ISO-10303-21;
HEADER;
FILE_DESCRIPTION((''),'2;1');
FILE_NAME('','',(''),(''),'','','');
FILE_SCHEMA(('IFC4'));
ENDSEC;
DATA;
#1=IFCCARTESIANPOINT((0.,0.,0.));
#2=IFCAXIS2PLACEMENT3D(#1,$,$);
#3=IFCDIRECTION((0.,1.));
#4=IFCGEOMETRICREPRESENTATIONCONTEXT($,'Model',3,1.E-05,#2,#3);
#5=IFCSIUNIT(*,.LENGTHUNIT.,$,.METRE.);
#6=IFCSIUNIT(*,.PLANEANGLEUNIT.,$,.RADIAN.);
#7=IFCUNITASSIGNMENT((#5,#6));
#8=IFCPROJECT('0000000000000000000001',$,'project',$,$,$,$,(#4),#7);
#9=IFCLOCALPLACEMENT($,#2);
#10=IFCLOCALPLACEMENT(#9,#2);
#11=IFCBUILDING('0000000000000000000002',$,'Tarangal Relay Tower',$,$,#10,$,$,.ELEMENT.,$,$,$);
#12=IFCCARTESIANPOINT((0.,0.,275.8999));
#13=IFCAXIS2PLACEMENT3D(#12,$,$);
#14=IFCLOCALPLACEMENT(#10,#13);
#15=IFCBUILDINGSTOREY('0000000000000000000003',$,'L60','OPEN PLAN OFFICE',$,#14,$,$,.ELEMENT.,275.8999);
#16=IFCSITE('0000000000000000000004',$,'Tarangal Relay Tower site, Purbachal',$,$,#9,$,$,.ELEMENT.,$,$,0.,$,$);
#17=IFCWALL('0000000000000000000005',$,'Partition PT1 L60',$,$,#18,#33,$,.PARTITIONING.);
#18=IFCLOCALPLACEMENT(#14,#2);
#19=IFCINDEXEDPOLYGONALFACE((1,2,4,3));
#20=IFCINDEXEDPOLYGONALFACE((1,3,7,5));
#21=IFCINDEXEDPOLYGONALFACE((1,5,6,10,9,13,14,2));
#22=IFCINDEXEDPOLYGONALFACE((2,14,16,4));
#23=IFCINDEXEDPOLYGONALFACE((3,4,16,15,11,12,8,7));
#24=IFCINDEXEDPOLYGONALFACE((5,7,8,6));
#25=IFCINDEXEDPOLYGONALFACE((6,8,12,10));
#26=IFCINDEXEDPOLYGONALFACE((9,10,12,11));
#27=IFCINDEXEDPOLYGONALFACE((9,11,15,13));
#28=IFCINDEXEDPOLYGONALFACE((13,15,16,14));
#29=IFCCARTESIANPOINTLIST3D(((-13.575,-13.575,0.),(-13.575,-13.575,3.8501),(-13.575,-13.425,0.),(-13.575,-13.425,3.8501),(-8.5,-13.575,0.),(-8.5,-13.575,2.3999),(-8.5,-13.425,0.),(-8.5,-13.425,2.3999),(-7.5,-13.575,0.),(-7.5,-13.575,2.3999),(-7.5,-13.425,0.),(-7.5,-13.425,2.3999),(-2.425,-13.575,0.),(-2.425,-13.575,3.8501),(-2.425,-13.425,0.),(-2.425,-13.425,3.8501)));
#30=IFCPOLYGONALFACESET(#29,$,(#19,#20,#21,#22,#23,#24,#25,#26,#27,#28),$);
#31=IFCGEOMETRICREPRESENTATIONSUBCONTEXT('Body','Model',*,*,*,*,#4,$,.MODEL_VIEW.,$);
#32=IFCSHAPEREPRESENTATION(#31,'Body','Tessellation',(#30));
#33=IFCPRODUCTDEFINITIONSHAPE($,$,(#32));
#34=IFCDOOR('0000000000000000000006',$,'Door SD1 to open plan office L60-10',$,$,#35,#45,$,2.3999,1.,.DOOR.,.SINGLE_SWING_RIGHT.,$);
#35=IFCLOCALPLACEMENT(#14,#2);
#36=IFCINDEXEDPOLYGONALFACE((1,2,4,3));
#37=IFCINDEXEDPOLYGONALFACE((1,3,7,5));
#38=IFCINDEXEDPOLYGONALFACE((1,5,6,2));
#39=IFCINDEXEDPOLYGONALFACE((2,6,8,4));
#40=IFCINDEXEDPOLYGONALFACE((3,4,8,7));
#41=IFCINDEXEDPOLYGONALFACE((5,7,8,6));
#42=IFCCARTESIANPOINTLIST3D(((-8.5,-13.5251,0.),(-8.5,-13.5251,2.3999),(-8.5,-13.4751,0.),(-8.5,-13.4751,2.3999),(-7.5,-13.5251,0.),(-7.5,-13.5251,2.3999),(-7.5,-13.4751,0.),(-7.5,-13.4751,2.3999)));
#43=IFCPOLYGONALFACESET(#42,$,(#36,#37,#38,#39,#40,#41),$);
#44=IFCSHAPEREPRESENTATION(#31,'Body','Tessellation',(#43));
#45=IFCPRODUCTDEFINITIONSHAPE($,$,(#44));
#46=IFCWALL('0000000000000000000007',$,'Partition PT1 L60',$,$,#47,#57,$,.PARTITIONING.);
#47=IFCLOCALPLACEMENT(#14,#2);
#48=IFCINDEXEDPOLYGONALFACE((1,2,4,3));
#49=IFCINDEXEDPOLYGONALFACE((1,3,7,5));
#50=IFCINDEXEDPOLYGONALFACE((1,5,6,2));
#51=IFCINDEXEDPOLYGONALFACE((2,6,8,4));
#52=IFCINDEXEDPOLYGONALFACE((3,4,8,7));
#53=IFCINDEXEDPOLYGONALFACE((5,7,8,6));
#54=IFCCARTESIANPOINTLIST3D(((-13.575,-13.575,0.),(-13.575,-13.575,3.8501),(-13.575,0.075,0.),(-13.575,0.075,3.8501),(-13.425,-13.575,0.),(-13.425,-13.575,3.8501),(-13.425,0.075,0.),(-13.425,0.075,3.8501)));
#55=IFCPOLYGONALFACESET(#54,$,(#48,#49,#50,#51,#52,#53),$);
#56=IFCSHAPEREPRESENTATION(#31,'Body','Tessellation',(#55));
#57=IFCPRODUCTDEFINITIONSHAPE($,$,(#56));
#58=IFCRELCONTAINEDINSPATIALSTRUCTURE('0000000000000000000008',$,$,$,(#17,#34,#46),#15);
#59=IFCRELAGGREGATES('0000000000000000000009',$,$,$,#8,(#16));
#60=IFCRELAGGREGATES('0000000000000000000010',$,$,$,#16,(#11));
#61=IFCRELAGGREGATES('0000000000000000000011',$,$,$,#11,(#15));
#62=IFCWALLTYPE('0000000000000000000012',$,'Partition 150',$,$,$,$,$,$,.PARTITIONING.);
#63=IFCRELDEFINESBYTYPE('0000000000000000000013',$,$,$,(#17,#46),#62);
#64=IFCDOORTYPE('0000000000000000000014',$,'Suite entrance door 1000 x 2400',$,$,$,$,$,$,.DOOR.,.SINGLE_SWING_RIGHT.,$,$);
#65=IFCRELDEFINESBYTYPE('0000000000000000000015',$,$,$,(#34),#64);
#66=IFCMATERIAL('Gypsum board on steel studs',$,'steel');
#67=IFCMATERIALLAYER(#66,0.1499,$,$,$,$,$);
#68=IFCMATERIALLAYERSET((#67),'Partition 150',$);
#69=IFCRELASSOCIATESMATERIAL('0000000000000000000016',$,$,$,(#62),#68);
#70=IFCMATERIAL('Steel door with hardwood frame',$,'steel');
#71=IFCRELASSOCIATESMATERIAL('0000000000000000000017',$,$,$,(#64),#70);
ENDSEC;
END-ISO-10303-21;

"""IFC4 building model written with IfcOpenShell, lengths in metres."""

from ifc_helpers import new_model, si_unit, direction, frame, frame_2d, origin, place, context, subcontext, project, spatial, rectangle, extrude, material, layer, layer_set, type_object, element, fill, save


model = new_model("IFC4")

# Units and contexts
model_context = context("Model", 3, precision=1e-05, world=origin(), true_north=direction((0.0, 1.0)))
body_context = subcontext(model_context, "Body", "Model", "MODEL_VIEW")
ifc_project = project(units=[si_unit("LENGTHUNIT", "METRE"), si_unit("PLANEANGLEUNIT", "RADIAN")], contexts=[model_context])

# Site, building, storey
site_placement = place(None, origin())
site = spatial("IfcSite", under=ifc_project, at=site_placement, Name="Tarangal Relay Tower site, Purbachal", CompositionType="ELEMENT", RefElevation=0.0)
building_placement = place(site_placement, origin())
building = spatial("IfcBuilding", under=site, at=building_placement, Name="Tarangal Relay Tower", CompositionType="ELEMENT")
storey_placement = place(building_placement, frame((0.0, 0.0, 275.8999)))
storey = spatial("IfcBuildingStorey", under=building, at=storey_placement, Name="L60", Description="OPEN PLAN OFFICE", CompositionType="ELEMENT", Elevation=275.8999)

# Wall, opening, door
ifc_material_1 = material(Name="Gypsum board on steel studs", Category="steel")
ifc_layer_1 = layer(ifc_material_1, 0.1499)
ifc_layer_set_1 = layer_set([ifc_layer_1], Name="Partition 150")
wall_type_1 = type_object("IfcWallType", Name="Partition 150", PredefinedType="PARTITIONING", material=ifc_layer_set_1)
wall_1_placement = place(storey_placement, frame((-13.575, -13.5, 0.0), z_axis=(0.0, 0.0, 1.0), x_axis=(1.0, 0.0, 0.0)))
wall_1 = element("IfcWall", 1, at=wall_1_placement, inside=storey, type_object=wall_type_1, Name="Partition PT1 L60", PredefinedType="PARTITIONING", context=body_context, shape_type="SweptSolid", body=[
    extrude(rectangle(XDim=11.1499, YDim=0.1499, at=frame_2d((5.575, 0.0))), origin(), (0.0, 0.0, 1.0), 3.8501),
])
opening_1_placement = place(wall_1_placement, frame((5.075, 0.0, 0.0)))
opening_1 = element("IfcOpeningElement", 2, at=opening_1_placement, cuts=wall_1, PredefinedType="OPENING", context=body_context, shape_type="SweptSolid", body=[
    extrude(rectangle(XDim=1.0, YDim=2.3999, at=frame_2d((0.5, 1.2))), frame((0.0, 0.085, 0.0), z_axis=(0.0, -1.0, 0.0), x_axis=(1.0, 0.0, 0.0)), (0.0, 0.0, 1.0), 0.1699),
])
ifc_material_2 = material(Name="Steel door with hardwood frame", Category="steel")
door_type_1 = type_object("IfcDoorType", Name="Suite entrance door 1000 x 2400", OperationType="SINGLE_SWING_RIGHT", PredefinedType="DOOR", material=ifc_material_2)
door_1_placement = place(opening_1_placement, origin())
door_1 = element("IfcDoor", 3, at=door_1_placement, inside=storey, type_object=door_type_1, Name="Door SD1 to open plan office L60-10", OperationType="SINGLE_SWING_RIGHT", OverallHeight=2.3999, OverallWidth=1.0, PredefinedType="DOOR", context=body_context, shape_type="SweptSolid", body=[
    extrude(rectangle(XDim=1.0, YDim=2.3999, at=frame_2d((0.5, 1.2))), frame((0.0, 0.0249, 0.0), z_axis=(0.0, -1.0, 0.0), x_axis=(1.0, 0.0, 0.0)), (0.0, 0.0, 1.0), 0.05),
])
fill(opening_1, door_1)

# Wall
wall_2_placement = place(storey_placement, frame((-13.5, -13.575, 0.0), z_axis=(0.0, 0.0, 1.0), x_axis=(0.0, 1.0, 0.0)))
element("IfcWall", 4, at=wall_2_placement, inside=storey, type_object=wall_type_1, Name="Partition PT1 L60", PredefinedType="PARTITIONING", context=body_context, shape_type="SweptSolid", body=[
    extrude(rectangle(XDim=13.6499, YDim=0.1499, at=frame_2d((6.825, 0.0))), origin(), (0.0, 0.0, 1.0), 3.8501),
])

save(model, "model.ifc")
